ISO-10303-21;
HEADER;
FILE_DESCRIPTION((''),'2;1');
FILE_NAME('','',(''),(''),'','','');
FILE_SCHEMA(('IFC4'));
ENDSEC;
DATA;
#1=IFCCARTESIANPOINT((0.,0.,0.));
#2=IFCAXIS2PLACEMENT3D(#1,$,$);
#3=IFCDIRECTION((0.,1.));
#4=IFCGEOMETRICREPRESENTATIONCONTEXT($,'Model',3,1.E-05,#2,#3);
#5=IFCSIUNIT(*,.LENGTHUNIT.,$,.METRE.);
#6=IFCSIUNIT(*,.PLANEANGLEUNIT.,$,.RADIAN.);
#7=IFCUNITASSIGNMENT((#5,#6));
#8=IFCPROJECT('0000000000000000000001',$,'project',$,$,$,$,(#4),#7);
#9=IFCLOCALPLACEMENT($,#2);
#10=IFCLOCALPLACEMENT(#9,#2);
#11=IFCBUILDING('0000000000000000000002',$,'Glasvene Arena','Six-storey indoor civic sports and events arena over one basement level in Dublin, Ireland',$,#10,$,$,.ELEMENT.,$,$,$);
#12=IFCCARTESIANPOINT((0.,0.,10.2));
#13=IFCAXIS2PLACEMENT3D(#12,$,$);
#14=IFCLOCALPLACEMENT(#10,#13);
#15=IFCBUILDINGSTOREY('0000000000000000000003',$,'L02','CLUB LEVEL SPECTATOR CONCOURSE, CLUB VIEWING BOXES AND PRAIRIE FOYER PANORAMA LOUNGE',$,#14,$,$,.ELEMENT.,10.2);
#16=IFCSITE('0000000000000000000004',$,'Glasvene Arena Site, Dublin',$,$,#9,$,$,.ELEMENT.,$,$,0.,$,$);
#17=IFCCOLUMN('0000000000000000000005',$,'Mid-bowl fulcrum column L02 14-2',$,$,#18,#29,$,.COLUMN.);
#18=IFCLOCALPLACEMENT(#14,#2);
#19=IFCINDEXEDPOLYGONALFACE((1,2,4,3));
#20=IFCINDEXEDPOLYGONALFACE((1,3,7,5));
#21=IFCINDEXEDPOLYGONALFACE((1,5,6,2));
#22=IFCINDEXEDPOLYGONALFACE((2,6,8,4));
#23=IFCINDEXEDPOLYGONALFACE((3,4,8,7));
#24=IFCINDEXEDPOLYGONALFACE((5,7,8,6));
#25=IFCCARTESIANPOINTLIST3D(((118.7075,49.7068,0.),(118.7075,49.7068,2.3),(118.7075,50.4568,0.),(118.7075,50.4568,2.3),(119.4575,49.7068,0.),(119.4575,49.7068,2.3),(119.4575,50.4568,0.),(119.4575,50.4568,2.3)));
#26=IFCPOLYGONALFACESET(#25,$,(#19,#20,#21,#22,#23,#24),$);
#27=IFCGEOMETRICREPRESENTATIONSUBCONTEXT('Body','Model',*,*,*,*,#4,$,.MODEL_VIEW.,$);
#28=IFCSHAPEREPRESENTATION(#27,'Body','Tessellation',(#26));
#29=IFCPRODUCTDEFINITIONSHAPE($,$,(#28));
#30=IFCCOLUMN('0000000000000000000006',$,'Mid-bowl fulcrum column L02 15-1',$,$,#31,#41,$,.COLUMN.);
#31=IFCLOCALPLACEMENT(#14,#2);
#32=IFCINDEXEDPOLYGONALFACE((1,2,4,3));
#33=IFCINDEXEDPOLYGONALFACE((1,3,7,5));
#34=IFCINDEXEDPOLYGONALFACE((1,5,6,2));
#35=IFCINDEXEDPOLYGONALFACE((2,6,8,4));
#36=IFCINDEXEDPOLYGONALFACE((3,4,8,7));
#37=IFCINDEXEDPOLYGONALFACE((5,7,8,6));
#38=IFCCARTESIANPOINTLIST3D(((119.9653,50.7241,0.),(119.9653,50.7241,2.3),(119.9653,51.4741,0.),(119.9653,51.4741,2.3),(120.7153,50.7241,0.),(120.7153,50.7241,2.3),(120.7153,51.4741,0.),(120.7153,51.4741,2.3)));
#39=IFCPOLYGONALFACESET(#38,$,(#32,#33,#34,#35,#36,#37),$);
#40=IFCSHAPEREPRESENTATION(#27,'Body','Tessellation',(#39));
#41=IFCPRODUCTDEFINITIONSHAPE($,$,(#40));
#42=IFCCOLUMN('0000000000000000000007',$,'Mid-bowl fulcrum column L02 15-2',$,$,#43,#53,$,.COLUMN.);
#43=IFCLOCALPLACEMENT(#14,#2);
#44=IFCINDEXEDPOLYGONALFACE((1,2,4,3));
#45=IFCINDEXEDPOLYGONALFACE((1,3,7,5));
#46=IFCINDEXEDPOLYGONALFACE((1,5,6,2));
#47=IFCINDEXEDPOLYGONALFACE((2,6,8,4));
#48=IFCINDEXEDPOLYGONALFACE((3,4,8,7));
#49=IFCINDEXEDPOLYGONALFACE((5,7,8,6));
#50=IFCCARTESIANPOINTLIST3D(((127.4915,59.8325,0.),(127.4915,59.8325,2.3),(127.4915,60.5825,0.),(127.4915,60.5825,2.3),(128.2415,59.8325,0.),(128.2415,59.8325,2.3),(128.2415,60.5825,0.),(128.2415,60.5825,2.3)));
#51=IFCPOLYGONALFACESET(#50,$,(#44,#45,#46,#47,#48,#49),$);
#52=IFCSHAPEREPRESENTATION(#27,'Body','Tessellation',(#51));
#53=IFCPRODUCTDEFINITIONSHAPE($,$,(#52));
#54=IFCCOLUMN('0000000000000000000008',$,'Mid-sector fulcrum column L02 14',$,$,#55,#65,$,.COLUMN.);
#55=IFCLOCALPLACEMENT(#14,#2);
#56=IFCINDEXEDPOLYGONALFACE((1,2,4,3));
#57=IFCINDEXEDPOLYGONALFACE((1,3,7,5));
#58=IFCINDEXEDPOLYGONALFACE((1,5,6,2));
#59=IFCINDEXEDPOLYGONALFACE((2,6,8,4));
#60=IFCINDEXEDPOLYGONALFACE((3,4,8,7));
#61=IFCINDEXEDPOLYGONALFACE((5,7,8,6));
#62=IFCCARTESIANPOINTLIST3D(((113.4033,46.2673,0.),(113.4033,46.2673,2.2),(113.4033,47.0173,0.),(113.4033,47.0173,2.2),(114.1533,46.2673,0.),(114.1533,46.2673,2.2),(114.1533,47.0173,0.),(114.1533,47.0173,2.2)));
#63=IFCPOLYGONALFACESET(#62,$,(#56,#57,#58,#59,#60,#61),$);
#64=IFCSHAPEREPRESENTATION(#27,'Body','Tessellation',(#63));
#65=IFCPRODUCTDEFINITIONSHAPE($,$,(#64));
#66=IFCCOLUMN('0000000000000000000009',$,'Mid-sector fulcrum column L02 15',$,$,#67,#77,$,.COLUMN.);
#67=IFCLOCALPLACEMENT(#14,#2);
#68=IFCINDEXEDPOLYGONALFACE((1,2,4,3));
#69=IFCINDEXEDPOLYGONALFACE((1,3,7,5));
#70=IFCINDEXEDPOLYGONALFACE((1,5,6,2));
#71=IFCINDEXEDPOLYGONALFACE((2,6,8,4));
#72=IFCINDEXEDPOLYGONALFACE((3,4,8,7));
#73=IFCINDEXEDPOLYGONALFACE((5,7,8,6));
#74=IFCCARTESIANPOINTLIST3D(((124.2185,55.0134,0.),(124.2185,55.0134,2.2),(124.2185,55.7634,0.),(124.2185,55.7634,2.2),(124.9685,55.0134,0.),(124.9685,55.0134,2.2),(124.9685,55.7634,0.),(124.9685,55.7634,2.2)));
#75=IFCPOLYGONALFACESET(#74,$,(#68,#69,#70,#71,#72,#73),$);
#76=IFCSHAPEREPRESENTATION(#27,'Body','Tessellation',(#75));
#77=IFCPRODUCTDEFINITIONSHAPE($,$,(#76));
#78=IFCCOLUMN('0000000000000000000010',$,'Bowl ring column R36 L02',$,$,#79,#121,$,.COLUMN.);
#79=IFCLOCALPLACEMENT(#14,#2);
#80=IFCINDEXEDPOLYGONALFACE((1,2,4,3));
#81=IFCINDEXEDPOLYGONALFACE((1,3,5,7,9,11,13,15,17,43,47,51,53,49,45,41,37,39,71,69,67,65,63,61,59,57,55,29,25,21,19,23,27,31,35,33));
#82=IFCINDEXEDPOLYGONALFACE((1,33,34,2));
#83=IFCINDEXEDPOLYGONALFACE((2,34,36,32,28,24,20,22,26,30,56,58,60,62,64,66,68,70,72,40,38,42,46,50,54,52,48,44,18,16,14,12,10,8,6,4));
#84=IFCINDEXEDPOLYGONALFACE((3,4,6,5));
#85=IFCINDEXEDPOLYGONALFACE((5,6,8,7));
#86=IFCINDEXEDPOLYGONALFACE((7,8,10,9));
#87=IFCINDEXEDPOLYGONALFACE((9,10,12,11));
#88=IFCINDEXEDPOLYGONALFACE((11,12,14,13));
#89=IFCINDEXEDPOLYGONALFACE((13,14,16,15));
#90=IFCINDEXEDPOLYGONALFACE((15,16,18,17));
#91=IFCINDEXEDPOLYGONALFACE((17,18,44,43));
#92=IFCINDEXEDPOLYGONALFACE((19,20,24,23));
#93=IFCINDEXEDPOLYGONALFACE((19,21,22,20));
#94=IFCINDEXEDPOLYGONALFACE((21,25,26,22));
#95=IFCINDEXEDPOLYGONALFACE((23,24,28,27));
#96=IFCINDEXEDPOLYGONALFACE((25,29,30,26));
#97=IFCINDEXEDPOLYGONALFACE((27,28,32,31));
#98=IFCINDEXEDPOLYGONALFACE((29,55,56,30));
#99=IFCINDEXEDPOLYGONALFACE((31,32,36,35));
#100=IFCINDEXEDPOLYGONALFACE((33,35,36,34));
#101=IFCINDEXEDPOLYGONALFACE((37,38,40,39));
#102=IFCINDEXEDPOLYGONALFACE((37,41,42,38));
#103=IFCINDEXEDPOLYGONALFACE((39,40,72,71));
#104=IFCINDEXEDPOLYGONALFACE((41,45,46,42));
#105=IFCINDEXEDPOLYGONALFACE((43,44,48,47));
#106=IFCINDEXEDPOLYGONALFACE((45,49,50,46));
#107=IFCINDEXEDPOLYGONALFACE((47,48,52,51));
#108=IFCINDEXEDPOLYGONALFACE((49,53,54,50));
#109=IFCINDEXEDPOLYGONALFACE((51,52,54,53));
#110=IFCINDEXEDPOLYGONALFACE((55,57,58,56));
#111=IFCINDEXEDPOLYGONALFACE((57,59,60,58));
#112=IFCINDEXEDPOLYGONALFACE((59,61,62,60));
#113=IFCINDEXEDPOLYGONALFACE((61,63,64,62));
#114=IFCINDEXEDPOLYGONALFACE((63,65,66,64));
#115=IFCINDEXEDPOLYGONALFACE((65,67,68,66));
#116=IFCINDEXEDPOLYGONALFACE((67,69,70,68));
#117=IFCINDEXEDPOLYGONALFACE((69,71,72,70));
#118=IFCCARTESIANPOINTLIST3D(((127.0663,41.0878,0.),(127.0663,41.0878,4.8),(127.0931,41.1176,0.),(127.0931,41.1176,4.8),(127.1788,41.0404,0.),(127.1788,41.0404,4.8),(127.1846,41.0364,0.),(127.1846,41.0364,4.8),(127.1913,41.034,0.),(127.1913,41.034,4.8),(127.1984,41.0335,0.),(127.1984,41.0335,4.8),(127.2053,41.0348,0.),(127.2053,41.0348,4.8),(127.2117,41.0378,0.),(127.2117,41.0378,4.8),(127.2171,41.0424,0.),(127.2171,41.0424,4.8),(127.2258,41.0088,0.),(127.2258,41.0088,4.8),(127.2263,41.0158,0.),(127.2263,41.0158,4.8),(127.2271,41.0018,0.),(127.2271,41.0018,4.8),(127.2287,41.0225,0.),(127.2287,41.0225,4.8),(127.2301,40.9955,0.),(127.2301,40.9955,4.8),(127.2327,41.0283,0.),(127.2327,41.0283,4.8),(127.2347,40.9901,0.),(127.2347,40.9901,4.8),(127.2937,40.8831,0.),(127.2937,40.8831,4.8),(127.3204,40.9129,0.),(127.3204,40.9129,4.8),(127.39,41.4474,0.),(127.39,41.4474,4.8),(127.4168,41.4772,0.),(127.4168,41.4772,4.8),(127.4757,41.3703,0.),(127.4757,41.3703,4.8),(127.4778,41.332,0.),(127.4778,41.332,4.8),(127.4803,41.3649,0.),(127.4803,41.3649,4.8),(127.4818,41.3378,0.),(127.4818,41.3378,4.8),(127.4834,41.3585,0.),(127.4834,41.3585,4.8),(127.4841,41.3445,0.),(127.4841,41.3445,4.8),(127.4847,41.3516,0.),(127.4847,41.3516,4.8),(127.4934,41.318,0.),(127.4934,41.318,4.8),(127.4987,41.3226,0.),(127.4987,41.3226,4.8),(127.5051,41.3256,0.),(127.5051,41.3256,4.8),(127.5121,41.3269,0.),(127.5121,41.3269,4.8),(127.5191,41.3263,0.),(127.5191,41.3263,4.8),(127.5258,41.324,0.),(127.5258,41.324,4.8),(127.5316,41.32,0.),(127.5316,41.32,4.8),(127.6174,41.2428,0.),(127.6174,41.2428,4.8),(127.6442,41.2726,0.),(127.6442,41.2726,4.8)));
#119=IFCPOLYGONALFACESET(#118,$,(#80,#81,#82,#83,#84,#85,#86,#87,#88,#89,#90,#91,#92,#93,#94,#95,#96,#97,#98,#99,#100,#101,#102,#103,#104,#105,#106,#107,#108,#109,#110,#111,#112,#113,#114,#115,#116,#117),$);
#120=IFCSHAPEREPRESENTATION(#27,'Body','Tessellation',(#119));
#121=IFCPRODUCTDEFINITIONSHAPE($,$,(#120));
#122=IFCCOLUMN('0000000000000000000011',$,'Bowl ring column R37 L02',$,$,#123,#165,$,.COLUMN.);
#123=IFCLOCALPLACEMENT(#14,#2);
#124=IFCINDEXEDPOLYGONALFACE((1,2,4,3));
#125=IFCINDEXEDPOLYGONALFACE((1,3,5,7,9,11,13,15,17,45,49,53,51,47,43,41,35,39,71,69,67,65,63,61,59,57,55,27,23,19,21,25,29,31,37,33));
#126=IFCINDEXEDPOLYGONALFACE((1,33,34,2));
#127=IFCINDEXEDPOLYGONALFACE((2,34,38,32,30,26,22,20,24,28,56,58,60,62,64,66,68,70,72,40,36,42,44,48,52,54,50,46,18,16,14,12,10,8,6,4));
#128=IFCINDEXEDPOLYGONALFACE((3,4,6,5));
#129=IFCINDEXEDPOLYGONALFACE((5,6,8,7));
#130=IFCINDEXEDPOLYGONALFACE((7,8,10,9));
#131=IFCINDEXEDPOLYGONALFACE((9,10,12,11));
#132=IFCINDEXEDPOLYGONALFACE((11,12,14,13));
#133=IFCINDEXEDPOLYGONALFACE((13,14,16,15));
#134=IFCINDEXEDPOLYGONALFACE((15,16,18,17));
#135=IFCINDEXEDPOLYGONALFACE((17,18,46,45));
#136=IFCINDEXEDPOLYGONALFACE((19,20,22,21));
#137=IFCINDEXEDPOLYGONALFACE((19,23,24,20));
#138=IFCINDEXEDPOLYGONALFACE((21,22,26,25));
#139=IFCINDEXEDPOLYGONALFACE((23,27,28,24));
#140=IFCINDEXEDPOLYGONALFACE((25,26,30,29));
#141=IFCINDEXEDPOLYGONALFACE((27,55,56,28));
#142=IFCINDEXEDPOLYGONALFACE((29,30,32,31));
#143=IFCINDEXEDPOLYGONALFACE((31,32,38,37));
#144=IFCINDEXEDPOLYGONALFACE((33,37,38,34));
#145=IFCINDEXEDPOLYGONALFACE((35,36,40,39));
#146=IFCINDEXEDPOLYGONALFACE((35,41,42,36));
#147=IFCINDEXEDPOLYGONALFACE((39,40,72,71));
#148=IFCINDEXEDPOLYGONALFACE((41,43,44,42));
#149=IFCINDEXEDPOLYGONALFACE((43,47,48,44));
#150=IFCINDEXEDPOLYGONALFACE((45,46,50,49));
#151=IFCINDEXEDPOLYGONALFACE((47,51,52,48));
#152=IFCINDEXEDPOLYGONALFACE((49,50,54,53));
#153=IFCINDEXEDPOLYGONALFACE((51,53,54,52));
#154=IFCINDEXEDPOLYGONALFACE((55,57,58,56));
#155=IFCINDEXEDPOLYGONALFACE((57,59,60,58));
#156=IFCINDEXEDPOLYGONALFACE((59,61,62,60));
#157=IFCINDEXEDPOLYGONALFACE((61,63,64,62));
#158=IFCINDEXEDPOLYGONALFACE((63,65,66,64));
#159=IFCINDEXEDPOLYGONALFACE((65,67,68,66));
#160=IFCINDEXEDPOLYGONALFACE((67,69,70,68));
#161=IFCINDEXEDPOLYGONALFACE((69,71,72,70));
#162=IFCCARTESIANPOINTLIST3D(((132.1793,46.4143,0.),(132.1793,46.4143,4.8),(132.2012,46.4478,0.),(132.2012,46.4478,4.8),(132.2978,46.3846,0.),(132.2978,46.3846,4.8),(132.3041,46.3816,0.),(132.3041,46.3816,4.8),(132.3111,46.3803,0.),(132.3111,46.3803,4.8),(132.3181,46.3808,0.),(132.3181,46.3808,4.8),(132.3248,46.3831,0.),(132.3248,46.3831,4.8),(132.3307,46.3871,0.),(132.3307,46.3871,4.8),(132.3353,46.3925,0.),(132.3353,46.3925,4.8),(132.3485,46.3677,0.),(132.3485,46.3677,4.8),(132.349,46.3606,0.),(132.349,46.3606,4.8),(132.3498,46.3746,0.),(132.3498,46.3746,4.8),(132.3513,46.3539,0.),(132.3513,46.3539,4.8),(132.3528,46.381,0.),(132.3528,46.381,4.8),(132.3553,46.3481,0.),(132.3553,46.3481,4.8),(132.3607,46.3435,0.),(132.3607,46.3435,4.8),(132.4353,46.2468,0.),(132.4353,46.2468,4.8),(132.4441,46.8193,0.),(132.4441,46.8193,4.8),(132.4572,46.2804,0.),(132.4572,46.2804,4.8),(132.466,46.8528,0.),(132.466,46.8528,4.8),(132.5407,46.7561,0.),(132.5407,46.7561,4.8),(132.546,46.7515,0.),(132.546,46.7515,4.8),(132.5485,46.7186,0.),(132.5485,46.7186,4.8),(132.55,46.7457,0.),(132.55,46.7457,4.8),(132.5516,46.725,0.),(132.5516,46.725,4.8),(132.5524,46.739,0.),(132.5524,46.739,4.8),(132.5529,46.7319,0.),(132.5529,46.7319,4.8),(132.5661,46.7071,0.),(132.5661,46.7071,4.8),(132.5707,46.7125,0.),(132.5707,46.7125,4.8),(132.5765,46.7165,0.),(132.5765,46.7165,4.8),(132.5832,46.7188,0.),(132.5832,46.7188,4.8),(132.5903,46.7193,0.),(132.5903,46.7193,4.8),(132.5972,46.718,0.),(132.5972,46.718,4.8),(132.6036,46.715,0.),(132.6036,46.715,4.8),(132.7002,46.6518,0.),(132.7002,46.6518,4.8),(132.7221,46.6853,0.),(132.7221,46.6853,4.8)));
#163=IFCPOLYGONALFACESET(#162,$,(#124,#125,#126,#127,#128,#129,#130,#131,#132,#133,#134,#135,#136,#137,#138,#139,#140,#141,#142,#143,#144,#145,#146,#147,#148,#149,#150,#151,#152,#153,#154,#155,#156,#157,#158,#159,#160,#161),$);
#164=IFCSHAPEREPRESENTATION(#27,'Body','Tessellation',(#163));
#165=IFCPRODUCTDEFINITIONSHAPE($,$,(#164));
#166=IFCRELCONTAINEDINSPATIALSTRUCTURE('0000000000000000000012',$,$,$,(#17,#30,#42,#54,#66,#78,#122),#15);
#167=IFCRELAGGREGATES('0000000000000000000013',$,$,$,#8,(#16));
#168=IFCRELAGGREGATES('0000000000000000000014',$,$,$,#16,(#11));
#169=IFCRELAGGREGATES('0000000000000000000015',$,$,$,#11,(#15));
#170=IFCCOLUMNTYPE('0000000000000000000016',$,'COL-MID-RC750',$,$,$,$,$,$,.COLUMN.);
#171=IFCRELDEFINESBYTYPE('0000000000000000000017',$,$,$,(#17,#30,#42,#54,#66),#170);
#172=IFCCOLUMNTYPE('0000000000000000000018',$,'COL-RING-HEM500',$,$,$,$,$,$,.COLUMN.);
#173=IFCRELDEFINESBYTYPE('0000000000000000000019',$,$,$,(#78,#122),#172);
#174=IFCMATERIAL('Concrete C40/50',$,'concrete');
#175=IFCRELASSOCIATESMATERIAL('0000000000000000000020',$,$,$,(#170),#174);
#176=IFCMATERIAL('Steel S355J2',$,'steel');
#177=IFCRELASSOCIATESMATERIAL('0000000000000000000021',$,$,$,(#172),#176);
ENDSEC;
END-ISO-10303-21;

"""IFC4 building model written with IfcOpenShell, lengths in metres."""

from ifc_helpers import new_model, si_unit, direction, frame, origin, origin_2d, place, context, subcontext, project, spatial, rectangle, i_section, extrude, material, material_profile, profile_set, type_object, element, save


model = new_model("IFC4")

# Units and contexts
model_context = context("Model", 3, precision=1e-05, world=origin(), true_north=direction((0.0, 1.0)))
body_context = subcontext(model_context, "Body", "Model", "MODEL_VIEW")
ifc_project = project(units=[si_unit("LENGTHUNIT", "METRE"), si_unit("PLANEANGLEUNIT", "RADIAN")], contexts=[model_context])

# Site, building, storey
site_placement = place(None, origin())
site = spatial("IfcSite", under=ifc_project, at=site_placement, Name="Glasvene Arena Site, Dublin", CompositionType="ELEMENT", RefElevation=0.0)
building_placement = place(site_placement, origin())
building = spatial("IfcBuilding", under=site, at=building_placement, Name="Glasvene Arena", Description="Six-storey indoor civic sports and events arena over one basement level in Dublin, Ireland", CompositionType="ELEMENT")
storey_placement = place(building_placement, frame((0.0, 0.0, 10.2)))
storey = spatial("IfcBuildingStorey", under=building, at=storey_placement, Name="L02", Description="CLUB LEVEL SPECTATOR CONCOURSE, CLUB VIEWING BOXES AND PRAIRIE FOYER PANORAMA LOUNGE", CompositionType="ELEMENT", Elevation=10.2)

# Columns
ifc_material_1 = material(Name="Concrete C40/50", Category="concrete")
ifc_material_profile_1 = material_profile(ifc_material_1, rectangle(XDim=0.75, YDim=0.75, at=origin_2d()), Name="RC 750x750")
ifc_profile_set_1 = profile_set([ifc_material_profile_1], Name="Concrete C40/50")
column_type_1 = type_object("IfcColumnType", Name="COL-MID-RC750", PredefinedType="COLUMN", material=ifc_profile_set_1)
for number, where, z_axis, x_axis, name in (
    (1, (119.0825, 50.0818, 0.0), (0.0, 0.0, 1.0), (1.0, 0.0, 0.0), "Mid-bowl fulcrum column L02 14-2"),
    (2, (120.3403, 51.0991, 0.0), (0.0, 0.0, 1.0), (1.0, 0.0, 0.0), "Mid-bowl fulcrum column L02 15-1"),
    (3, (127.8665, 60.2075, 0.0), (0.0, 0.0, 1.0), (1.0, 0.0, 0.0), "Mid-bowl fulcrum column L02 15-2"),
):
    element("IfcColumn", number, at=place(storey_placement, frame(where, z_axis=z_axis, x_axis=x_axis)), inside=storey, type_object=column_type_1, Name=name, PredefinedType="COLUMN", context=body_context, shape_type="SweptSolid", body=[
        extrude(rectangle(XDim=0.75, YDim=0.75, at=origin_2d()), origin(), (0.0, 0.0, 1.0), 2.3),
    ])
for number, where, z_axis, x_axis, name in (
    (4, (113.7783, 46.6423, 0.0), (0.0, 0.0, 1.0), (1.0, 0.0, 0.0), "Mid-sector fulcrum column L02 14"),
    (5, (124.5935, 55.3884, 0.0), (0.0, 0.0, 1.0), (1.0, 0.0, 0.0), "Mid-sector fulcrum column L02 15"),
):
    element("IfcColumn", number, at=place(storey_placement, frame(where, z_axis=z_axis, x_axis=x_axis)), inside=storey, type_object=column_type_1, Name=name, PredefinedType="COLUMN", context=body_context, shape_type="SweptSolid", body=[
        extrude(rectangle(XDim=0.75, YDim=0.75, at=origin_2d()), origin(), (0.0, 0.0, 1.0), 2.2),
    ])
ifc_material_2 = material(Name="Steel S355J2", Category="steel")
ifc_material_profile_2 = material_profile(ifc_material_2, i_section(OverallWidth=0.3059, OverallDepth=0.5239, WebThickness=0.021, FlangeThickness=0.04, FilletRadius=0.0271, at=origin_2d()), Name="HEM 500")
ifc_profile_set_2 = profile_set([ifc_material_profile_2], Name="Steel S355J2")
column_type_2 = type_object("IfcColumnType", Name="COL-RING-HEM500", PredefinedType="COLUMN", material=ifc_profile_set_2)
for number, where, z_axis, x_axis, name in (
    (6, (127.3552, 41.1802, 0.0), (0.0, 0.0, 1.0), (0.743262, -0.669001, 0.0), "Bowl ring column R36 L02"),
    (7, (132.4507, 46.5498, 0.0), (0.0, 0.0, 1.0), (0.836955, -0.547271, 0.0), "Bowl ring column R37 L02"),
):
    element("IfcColumn", number, at=place(storey_placement, frame(where, z_axis=z_axis, x_axis=x_axis)), inside=storey, type_object=column_type_2, Name=name, PredefinedType="COLUMN", context=body_context, shape_type="SweptSolid", body=[
        extrude(i_section(OverallWidth=0.3059, OverallDepth=0.5239, WebThickness=0.021, FlangeThickness=0.04, FilletRadius=0.0271, at=origin_2d()), origin(), (0.0, 0.0, 1.0), 4.8),
    ])

save(model, "model.ifc")
